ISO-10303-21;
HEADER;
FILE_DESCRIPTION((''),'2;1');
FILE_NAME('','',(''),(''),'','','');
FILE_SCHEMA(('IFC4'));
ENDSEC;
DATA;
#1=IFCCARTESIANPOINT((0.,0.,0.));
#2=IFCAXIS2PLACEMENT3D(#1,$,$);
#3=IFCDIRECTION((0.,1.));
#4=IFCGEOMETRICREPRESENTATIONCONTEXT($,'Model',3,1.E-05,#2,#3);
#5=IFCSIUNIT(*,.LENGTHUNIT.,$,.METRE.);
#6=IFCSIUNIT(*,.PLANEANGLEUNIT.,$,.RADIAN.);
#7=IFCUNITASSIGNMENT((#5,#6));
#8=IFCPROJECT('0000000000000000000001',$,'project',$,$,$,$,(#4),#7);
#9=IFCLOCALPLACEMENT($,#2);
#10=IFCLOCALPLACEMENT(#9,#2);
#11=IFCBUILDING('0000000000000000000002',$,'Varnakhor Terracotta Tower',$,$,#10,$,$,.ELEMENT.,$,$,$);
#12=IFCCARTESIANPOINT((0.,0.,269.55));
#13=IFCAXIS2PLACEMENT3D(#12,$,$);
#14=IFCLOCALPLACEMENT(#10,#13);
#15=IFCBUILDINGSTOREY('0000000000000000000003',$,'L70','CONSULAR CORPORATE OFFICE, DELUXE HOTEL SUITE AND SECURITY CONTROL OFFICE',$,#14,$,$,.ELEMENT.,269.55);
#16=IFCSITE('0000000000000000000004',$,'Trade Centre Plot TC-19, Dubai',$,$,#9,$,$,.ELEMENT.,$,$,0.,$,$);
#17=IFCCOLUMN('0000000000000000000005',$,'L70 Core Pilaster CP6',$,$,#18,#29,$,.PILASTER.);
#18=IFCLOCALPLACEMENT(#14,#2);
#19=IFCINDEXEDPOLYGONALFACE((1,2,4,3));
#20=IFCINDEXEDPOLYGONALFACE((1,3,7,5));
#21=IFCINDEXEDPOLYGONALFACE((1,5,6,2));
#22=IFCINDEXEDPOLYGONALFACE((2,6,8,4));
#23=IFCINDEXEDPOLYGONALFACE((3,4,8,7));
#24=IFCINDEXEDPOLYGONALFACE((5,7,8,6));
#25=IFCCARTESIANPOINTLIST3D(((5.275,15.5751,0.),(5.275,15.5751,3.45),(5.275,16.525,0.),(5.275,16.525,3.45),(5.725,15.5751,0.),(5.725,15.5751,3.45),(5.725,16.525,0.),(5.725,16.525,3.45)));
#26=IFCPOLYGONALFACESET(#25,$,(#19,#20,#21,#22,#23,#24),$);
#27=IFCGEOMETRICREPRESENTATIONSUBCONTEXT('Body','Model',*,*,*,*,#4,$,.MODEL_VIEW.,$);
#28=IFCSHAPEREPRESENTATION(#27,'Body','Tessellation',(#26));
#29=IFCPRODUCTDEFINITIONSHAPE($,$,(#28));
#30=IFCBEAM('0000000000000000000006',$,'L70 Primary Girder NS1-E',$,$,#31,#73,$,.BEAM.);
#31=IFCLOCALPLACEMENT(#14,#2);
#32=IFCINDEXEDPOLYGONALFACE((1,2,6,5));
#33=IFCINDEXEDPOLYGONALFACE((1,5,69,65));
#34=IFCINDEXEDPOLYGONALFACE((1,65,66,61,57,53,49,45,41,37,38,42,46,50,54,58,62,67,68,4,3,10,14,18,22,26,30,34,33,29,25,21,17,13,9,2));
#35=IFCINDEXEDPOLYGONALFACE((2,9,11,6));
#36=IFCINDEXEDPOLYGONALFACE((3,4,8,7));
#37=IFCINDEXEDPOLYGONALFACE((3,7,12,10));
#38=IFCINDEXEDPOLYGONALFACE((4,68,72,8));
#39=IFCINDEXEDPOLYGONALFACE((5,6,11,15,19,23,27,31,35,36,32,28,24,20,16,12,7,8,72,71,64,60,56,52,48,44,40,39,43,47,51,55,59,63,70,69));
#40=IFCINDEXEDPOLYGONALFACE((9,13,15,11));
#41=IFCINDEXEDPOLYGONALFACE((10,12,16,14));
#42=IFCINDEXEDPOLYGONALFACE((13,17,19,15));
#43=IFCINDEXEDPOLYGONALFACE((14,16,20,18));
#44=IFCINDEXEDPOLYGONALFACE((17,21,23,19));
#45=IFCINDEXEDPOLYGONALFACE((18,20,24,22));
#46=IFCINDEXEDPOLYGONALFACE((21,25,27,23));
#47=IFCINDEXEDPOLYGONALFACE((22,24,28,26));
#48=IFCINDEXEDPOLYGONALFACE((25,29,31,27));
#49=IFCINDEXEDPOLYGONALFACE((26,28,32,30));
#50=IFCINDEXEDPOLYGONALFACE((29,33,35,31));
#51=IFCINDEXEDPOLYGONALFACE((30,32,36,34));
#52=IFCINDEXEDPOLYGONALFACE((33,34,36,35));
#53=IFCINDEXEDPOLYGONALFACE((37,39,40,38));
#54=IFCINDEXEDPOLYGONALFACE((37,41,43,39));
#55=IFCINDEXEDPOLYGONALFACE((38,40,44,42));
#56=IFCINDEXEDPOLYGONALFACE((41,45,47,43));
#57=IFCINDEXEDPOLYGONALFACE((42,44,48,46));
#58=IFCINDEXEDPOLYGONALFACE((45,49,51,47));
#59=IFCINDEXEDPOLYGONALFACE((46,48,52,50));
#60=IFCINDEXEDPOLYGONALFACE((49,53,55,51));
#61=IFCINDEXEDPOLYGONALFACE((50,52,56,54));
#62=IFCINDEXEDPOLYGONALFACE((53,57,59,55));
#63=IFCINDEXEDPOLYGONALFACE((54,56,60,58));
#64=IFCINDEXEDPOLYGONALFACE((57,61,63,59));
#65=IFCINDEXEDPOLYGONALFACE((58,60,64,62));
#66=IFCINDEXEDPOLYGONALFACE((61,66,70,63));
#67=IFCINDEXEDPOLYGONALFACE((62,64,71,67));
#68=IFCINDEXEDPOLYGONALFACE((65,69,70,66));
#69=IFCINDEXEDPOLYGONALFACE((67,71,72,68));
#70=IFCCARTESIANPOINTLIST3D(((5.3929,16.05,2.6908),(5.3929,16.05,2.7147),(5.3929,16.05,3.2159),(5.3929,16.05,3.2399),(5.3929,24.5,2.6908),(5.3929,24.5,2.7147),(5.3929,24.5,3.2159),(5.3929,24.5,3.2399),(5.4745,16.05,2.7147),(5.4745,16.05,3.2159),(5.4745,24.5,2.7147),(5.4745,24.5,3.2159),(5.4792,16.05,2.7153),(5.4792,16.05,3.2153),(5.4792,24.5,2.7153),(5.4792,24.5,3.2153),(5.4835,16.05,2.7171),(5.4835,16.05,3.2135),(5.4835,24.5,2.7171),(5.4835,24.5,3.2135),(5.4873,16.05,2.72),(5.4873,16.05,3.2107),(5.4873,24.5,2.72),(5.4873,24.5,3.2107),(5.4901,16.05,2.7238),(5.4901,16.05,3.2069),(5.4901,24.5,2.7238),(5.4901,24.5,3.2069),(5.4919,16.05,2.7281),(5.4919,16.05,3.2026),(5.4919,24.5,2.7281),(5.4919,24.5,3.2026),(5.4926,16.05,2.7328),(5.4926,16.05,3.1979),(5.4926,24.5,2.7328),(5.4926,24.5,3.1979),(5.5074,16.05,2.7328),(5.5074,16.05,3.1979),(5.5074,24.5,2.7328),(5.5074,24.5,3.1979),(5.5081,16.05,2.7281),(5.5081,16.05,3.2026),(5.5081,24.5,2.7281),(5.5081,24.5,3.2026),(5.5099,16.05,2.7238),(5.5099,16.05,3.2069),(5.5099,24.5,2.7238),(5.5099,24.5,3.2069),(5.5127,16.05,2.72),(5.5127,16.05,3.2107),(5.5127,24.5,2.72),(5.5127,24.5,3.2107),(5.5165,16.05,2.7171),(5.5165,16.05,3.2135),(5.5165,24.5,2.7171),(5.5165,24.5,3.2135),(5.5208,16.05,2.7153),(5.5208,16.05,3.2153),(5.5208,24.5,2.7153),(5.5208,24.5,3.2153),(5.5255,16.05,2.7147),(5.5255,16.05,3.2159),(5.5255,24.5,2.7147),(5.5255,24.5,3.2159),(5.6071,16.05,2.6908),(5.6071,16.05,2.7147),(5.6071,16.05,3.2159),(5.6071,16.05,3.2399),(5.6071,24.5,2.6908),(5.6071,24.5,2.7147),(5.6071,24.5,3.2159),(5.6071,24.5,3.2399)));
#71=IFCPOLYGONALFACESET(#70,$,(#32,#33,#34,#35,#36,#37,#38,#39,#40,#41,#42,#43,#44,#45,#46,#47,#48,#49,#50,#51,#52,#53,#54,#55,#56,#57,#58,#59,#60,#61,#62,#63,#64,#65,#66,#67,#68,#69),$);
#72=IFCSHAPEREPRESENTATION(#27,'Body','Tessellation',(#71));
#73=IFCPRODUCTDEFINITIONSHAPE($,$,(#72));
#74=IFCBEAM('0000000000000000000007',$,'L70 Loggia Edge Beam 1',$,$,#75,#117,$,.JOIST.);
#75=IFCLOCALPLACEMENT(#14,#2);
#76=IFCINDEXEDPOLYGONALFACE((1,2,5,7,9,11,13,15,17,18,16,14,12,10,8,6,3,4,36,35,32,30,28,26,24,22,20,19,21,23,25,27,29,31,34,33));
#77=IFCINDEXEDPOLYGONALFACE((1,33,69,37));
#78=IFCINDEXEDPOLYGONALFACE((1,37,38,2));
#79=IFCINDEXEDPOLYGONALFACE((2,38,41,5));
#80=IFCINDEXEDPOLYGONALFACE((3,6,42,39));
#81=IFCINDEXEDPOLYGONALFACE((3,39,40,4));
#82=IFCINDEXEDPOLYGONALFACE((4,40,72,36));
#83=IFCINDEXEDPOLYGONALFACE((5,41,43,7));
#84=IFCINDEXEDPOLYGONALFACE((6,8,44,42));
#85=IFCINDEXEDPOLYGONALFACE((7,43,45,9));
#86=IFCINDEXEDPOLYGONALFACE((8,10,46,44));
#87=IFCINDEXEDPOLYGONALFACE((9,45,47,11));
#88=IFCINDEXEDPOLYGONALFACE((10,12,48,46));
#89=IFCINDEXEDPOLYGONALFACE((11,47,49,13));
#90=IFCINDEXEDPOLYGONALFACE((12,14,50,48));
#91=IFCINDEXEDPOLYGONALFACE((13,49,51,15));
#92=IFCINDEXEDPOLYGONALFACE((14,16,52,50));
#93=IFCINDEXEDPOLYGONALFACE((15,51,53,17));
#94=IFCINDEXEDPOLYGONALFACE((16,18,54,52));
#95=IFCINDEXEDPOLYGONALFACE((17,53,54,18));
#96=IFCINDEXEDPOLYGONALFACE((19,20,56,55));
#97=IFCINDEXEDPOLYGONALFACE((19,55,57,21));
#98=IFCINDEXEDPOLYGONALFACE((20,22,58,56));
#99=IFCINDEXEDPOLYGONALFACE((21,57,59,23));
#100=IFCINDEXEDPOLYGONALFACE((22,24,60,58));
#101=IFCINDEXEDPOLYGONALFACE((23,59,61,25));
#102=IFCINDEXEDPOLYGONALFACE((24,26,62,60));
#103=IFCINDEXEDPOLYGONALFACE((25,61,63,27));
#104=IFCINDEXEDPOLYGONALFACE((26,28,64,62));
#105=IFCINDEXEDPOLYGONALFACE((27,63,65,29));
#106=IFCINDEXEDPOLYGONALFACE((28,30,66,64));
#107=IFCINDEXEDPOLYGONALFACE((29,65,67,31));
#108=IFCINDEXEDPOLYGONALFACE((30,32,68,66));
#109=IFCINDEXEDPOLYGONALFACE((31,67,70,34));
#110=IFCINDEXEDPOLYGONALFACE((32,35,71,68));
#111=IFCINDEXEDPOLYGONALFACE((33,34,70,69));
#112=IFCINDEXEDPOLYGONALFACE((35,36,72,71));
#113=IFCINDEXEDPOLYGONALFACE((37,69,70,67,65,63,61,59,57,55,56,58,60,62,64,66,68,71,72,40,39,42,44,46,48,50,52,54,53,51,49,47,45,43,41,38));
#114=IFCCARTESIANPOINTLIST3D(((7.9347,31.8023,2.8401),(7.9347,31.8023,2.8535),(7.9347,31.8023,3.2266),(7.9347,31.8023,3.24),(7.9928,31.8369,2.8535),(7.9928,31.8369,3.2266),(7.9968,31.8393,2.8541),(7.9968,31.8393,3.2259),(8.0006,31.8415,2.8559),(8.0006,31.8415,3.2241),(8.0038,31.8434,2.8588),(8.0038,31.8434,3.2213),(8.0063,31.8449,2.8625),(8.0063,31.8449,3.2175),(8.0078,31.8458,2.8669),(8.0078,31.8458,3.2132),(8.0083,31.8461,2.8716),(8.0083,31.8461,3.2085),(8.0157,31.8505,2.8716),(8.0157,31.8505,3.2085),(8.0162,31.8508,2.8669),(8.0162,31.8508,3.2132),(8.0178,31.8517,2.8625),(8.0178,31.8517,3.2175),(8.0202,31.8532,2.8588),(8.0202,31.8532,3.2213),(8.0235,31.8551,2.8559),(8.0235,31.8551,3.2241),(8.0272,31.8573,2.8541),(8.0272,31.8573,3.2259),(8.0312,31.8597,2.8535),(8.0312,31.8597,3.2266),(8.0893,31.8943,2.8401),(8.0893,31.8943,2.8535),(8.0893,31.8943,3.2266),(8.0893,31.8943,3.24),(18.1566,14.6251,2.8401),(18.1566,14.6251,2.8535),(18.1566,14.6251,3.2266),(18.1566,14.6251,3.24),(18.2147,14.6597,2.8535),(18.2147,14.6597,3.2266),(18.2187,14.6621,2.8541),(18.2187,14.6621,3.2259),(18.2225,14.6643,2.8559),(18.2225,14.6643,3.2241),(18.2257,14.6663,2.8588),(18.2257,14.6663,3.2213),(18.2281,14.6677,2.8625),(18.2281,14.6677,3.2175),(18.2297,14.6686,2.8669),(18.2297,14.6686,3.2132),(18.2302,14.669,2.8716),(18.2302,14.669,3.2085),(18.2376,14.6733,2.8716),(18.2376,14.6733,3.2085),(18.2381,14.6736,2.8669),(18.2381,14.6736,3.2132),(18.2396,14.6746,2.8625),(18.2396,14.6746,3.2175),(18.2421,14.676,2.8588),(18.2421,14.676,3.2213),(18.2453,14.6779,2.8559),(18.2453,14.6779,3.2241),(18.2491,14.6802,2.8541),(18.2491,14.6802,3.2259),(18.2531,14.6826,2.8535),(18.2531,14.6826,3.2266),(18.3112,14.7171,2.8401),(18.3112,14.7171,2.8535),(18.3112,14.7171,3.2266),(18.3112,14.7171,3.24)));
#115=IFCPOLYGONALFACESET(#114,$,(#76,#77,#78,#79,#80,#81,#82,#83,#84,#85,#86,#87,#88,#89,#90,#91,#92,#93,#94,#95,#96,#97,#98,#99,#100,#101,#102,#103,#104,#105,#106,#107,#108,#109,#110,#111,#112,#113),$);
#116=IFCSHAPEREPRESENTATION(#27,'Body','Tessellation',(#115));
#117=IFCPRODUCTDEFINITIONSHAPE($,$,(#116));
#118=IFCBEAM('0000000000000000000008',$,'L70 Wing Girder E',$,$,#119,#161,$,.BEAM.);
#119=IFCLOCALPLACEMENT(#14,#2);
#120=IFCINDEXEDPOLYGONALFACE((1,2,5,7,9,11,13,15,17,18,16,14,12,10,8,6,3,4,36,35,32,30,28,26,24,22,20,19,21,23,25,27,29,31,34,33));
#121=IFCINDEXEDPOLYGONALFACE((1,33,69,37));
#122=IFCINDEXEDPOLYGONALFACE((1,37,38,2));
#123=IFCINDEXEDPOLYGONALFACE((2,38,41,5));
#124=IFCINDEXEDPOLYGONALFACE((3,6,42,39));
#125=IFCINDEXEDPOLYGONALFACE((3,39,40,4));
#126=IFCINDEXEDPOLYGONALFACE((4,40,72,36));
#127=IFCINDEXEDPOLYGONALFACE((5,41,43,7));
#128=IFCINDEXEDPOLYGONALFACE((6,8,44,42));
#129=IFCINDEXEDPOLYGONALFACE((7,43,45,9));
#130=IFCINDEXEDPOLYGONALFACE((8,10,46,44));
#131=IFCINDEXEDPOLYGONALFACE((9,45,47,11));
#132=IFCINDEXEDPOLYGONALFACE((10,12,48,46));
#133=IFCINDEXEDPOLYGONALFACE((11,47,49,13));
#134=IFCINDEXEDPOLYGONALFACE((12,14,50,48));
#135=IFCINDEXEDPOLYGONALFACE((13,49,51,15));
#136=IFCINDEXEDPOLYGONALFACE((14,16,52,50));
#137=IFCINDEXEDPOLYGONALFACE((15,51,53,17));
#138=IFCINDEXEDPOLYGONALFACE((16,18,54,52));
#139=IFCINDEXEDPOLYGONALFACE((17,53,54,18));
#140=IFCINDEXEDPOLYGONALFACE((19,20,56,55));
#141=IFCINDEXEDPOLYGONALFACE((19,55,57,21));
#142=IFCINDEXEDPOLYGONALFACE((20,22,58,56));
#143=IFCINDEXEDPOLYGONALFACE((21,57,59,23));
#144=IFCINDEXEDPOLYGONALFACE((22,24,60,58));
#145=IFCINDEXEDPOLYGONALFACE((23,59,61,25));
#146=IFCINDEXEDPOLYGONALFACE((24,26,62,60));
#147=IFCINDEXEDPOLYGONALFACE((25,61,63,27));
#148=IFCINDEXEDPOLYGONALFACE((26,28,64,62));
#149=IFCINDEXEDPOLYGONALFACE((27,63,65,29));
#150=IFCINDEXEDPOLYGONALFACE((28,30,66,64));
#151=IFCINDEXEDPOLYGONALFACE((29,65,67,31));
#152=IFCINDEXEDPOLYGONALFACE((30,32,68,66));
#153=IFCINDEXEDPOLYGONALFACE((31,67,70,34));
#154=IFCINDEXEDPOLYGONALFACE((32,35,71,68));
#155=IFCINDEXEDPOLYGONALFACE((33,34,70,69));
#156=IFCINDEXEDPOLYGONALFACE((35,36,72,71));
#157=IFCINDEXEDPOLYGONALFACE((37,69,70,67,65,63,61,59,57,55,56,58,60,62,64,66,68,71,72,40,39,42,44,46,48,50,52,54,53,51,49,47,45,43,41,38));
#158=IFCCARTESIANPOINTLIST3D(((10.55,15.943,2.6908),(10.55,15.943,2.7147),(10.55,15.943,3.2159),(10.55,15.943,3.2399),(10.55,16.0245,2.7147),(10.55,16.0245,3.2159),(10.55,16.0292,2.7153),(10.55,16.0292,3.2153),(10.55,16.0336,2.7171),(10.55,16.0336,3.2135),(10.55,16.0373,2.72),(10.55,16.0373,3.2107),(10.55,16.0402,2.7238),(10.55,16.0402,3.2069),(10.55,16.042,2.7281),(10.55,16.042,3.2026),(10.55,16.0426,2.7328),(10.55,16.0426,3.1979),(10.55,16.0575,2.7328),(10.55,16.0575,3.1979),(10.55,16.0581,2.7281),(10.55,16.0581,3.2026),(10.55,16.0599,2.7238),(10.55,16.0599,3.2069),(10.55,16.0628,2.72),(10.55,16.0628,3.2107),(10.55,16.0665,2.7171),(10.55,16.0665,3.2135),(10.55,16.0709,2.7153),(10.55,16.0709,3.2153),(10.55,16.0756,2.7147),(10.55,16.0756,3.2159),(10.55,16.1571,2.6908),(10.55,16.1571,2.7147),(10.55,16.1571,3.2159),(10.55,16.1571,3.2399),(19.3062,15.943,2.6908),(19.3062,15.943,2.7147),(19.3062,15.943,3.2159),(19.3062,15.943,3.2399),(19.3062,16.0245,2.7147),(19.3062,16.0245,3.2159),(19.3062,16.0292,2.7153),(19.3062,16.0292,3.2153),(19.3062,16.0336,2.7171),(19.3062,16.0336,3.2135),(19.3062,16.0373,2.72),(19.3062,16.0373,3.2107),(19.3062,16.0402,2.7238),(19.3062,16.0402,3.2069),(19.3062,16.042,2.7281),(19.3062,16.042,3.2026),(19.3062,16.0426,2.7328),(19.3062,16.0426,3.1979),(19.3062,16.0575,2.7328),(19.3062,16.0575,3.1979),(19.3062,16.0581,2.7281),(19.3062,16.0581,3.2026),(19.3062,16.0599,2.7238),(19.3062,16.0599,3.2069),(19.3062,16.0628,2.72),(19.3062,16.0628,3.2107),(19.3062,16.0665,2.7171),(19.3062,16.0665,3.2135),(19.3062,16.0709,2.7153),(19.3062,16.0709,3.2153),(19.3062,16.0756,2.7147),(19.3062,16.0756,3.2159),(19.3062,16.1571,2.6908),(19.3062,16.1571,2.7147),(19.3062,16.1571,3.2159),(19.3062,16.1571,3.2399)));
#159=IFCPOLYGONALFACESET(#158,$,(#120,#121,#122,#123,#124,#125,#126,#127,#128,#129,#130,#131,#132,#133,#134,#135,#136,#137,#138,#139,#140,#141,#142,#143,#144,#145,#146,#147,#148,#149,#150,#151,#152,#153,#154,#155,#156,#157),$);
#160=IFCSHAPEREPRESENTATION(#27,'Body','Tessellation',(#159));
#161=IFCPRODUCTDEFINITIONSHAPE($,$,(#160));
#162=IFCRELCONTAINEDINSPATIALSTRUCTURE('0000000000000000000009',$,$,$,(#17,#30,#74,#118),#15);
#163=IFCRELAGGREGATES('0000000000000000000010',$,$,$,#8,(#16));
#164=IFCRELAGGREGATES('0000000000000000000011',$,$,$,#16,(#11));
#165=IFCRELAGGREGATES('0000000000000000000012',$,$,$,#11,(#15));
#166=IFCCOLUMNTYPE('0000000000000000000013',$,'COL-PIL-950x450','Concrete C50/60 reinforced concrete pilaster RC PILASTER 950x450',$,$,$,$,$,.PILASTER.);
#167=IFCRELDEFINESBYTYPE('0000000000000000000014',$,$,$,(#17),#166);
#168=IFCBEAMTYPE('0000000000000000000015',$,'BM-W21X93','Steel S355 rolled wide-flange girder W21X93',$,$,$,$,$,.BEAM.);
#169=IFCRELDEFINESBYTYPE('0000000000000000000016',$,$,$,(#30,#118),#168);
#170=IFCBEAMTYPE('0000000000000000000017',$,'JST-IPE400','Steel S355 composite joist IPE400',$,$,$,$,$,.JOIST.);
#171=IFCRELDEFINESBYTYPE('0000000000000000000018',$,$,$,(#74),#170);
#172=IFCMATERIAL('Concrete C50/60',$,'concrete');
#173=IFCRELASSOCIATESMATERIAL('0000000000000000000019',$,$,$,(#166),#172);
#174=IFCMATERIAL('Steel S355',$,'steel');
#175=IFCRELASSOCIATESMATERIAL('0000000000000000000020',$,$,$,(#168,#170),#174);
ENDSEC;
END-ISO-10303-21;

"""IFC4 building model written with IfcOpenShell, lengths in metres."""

from ifc_helpers import new_model, si_unit, direction, frame, origin, origin_2d, place, context, subcontext, project, spatial, rectangle, i_section, extrude, source, transform, mapped, material, material_profile, profile_set, type_object, type_shapes, element, save


model = new_model("IFC4")

# Units and contexts
model_context = context("Model", 3, precision=1e-05, world=origin(), true_north=direction((0.0, 1.0)))
body_context = subcontext(model_context, "Body", "Model", "MODEL_VIEW")
ifc_project = project(units=[si_unit("LENGTHUNIT", "METRE"), si_unit("PLANEANGLEUNIT", "RADIAN")], contexts=[model_context])

# Site, building, storey
site_placement = place(None, origin())
site = spatial("IfcSite", under=ifc_project, at=site_placement, Name="Trade Centre Plot TC-19, Dubai", CompositionType="ELEMENT", RefElevation=0.0)
building_placement = place(site_placement, origin())
building = spatial("IfcBuilding", under=site, at=building_placement, Name="Varnakhor Terracotta Tower", CompositionType="ELEMENT")
storey_placement = place(building_placement, frame((0.0, 0.0, 269.55)))
storey = spatial("IfcBuildingStorey", under=building, at=storey_placement, Name="L70", Description="CONSULAR CORPORATE OFFICE, DELUXE HOTEL SUITE AND SECURITY CONTROL OFFICE", CompositionType="ELEMENT", Elevation=269.55)

# Column
ifc_material_1 = material(Name="Concrete C50/60", Category="concrete")
ifc_material_profile_1 = material_profile(ifc_material_1, rectangle(XDim=0.45, YDim=0.95, at=origin_2d()), Name="RC PILASTER 950x450")
ifc_profile_set_1 = profile_set([ifc_material_profile_1], Name="Concrete C50/60")
column_type = type_object("IfcColumnType", Name="COL-PIL-950x450", Description="Concrete C50/60 reinforced concrete pilaster RC PILASTER 950x450", PredefinedType="PILASTER", material=ifc_profile_set_1)
shared_shape_1 = source(origin(), body_context, "Body", "SweptSolid", [
    extrude(rectangle(XDim=0.45, YDim=0.95, at=origin_2d()), origin(), (0.0, 0.0, 1.0), 3.45),
])
column_placement = place(storey_placement, frame((5.5, 16.05, 0.0), z_axis=(0.0, 0.0, 1.0), x_axis=(1.0, 0.0, 0.0)))
element("IfcColumn", 1, at=column_placement, inside=storey, type_object=column_type, Name="L70 Core Pilaster CP6", PredefinedType="PILASTER", context=body_context, shape_type="MappedRepresentation", body=[
    mapped(shared_shape_1, transform((0.0, 0.0, 0.0), scale=1.0)),
])

# Beams
ifc_material_2 = material(Name="Steel S355", Category="steel")
ifc_material_profile_2 = material_profile(ifc_material_2, i_section(OverallWidth=0.2141, OverallDepth=0.5491, WebThickness=0.0149, FlangeThickness=0.0239, FilletRadius=0.0181, at=origin_2d()), Name="W21X93")
ifc_profile_set_2 = profile_set([ifc_material_profile_2], Name="Steel S355")
beam_type_1 = type_object("IfcBeamType", Name="BM-W21X93", Description="Steel S355 rolled wide-flange girder W21X93", PredefinedType="BEAM", material=ifc_profile_set_2)
shared_shape_2 = source(origin(), body_context, "Body", "SweptSolid", [
    extrude(i_section(OverallWidth=0.2141, OverallDepth=0.5491, WebThickness=0.0149, FlangeThickness=0.0239, FilletRadius=0.0181, at=origin_2d()), origin(), (0.0, 0.0, 1.0), 8.45),
])
type_shapes(beam_type_1, [shared_shape_2])
beam_1_placement = place(storey_placement, frame((5.5, 16.05, 2.9653), z_axis=(0.0, 1.0, 0.0), x_axis=(-1.0, 0.0, 0.0)))
element("IfcBeam", 2, at=beam_1_placement, inside=storey, type_object=beam_type_1, Name="L70 Primary Girder NS1-E", PredefinedType="BEAM", context=body_context, shape_type="MappedRepresentation", body=[
    mapped(shared_shape_2, transform((0.0, 0.0, 0.0), scale=1.0)),
])
ifc_material_profile_3 = material_profile(ifc_material_2, i_section(OverallWidth=0.1799, OverallDepth=0.3999, WebThickness=0.0085, FlangeThickness=0.0134, FilletRadius=0.0181, at=origin_2d()), Name="IPE400")
ifc_profile_set_3 = profile_set([ifc_material_profile_3], Name="Steel S355")
beam_type_2 = type_object("IfcBeamType", Name="JST-IPE400", Description="Steel S355 composite joist IPE400", PredefinedType="JOIST", material=ifc_profile_set_3)
shared_shape_3 = source(origin(), body_context, "Body", "SweptSolid", [
    extrude(i_section(OverallWidth=0.1799, OverallDepth=0.3999, WebThickness=0.0085, FlangeThickness=0.0134, FilletRadius=0.0181, at=origin_2d()), origin(), (0.0, 0.0, 1.0), 19.9885),
])
beam_2_placement = place(storey_placement, frame((18.2339, 14.6711, 3.04), z_axis=(-0.511387, 0.859351, 0.0), x_axis=(-0.859351, -0.511387, 0.0)))
element("IfcBeam", 3, at=beam_2_placement, inside=storey, type_object=beam_type_2, Name="L70 Loggia Edge Beam 1", PredefinedType="JOIST", context=body_context, shape_type="MappedRepresentation", body=[
    mapped(shared_shape_3, transform((0.0, 0.0, 0.0), scale=1.0)),
])
shared_shape_4 = source(origin(), body_context, "Body", "SweptSolid", [
    extrude(i_section(OverallWidth=0.2141, OverallDepth=0.5491, WebThickness=0.0149, FlangeThickness=0.0239, FilletRadius=0.0181, at=origin_2d()), origin(), (0.0, 0.0, 1.0), 8.7561),
])
beam_3_placement = place(storey_placement, frame((10.55, 16.05, 2.9653), z_axis=(1.0, 0.0, 0.0), x_axis=(0.0, 1.0, 0.0)))
element("IfcBeam", 4, at=beam_3_placement, inside=storey, type_object=beam_type_1, Name="L70 Wing Girder E", PredefinedType="BEAM", context=body_context, shape_type="MappedRepresentation", body=[
    mapped(shared_shape_4, transform((0.0, 0.0, 0.0), scale=1.0)),
])

save(model, "model.ifc")
